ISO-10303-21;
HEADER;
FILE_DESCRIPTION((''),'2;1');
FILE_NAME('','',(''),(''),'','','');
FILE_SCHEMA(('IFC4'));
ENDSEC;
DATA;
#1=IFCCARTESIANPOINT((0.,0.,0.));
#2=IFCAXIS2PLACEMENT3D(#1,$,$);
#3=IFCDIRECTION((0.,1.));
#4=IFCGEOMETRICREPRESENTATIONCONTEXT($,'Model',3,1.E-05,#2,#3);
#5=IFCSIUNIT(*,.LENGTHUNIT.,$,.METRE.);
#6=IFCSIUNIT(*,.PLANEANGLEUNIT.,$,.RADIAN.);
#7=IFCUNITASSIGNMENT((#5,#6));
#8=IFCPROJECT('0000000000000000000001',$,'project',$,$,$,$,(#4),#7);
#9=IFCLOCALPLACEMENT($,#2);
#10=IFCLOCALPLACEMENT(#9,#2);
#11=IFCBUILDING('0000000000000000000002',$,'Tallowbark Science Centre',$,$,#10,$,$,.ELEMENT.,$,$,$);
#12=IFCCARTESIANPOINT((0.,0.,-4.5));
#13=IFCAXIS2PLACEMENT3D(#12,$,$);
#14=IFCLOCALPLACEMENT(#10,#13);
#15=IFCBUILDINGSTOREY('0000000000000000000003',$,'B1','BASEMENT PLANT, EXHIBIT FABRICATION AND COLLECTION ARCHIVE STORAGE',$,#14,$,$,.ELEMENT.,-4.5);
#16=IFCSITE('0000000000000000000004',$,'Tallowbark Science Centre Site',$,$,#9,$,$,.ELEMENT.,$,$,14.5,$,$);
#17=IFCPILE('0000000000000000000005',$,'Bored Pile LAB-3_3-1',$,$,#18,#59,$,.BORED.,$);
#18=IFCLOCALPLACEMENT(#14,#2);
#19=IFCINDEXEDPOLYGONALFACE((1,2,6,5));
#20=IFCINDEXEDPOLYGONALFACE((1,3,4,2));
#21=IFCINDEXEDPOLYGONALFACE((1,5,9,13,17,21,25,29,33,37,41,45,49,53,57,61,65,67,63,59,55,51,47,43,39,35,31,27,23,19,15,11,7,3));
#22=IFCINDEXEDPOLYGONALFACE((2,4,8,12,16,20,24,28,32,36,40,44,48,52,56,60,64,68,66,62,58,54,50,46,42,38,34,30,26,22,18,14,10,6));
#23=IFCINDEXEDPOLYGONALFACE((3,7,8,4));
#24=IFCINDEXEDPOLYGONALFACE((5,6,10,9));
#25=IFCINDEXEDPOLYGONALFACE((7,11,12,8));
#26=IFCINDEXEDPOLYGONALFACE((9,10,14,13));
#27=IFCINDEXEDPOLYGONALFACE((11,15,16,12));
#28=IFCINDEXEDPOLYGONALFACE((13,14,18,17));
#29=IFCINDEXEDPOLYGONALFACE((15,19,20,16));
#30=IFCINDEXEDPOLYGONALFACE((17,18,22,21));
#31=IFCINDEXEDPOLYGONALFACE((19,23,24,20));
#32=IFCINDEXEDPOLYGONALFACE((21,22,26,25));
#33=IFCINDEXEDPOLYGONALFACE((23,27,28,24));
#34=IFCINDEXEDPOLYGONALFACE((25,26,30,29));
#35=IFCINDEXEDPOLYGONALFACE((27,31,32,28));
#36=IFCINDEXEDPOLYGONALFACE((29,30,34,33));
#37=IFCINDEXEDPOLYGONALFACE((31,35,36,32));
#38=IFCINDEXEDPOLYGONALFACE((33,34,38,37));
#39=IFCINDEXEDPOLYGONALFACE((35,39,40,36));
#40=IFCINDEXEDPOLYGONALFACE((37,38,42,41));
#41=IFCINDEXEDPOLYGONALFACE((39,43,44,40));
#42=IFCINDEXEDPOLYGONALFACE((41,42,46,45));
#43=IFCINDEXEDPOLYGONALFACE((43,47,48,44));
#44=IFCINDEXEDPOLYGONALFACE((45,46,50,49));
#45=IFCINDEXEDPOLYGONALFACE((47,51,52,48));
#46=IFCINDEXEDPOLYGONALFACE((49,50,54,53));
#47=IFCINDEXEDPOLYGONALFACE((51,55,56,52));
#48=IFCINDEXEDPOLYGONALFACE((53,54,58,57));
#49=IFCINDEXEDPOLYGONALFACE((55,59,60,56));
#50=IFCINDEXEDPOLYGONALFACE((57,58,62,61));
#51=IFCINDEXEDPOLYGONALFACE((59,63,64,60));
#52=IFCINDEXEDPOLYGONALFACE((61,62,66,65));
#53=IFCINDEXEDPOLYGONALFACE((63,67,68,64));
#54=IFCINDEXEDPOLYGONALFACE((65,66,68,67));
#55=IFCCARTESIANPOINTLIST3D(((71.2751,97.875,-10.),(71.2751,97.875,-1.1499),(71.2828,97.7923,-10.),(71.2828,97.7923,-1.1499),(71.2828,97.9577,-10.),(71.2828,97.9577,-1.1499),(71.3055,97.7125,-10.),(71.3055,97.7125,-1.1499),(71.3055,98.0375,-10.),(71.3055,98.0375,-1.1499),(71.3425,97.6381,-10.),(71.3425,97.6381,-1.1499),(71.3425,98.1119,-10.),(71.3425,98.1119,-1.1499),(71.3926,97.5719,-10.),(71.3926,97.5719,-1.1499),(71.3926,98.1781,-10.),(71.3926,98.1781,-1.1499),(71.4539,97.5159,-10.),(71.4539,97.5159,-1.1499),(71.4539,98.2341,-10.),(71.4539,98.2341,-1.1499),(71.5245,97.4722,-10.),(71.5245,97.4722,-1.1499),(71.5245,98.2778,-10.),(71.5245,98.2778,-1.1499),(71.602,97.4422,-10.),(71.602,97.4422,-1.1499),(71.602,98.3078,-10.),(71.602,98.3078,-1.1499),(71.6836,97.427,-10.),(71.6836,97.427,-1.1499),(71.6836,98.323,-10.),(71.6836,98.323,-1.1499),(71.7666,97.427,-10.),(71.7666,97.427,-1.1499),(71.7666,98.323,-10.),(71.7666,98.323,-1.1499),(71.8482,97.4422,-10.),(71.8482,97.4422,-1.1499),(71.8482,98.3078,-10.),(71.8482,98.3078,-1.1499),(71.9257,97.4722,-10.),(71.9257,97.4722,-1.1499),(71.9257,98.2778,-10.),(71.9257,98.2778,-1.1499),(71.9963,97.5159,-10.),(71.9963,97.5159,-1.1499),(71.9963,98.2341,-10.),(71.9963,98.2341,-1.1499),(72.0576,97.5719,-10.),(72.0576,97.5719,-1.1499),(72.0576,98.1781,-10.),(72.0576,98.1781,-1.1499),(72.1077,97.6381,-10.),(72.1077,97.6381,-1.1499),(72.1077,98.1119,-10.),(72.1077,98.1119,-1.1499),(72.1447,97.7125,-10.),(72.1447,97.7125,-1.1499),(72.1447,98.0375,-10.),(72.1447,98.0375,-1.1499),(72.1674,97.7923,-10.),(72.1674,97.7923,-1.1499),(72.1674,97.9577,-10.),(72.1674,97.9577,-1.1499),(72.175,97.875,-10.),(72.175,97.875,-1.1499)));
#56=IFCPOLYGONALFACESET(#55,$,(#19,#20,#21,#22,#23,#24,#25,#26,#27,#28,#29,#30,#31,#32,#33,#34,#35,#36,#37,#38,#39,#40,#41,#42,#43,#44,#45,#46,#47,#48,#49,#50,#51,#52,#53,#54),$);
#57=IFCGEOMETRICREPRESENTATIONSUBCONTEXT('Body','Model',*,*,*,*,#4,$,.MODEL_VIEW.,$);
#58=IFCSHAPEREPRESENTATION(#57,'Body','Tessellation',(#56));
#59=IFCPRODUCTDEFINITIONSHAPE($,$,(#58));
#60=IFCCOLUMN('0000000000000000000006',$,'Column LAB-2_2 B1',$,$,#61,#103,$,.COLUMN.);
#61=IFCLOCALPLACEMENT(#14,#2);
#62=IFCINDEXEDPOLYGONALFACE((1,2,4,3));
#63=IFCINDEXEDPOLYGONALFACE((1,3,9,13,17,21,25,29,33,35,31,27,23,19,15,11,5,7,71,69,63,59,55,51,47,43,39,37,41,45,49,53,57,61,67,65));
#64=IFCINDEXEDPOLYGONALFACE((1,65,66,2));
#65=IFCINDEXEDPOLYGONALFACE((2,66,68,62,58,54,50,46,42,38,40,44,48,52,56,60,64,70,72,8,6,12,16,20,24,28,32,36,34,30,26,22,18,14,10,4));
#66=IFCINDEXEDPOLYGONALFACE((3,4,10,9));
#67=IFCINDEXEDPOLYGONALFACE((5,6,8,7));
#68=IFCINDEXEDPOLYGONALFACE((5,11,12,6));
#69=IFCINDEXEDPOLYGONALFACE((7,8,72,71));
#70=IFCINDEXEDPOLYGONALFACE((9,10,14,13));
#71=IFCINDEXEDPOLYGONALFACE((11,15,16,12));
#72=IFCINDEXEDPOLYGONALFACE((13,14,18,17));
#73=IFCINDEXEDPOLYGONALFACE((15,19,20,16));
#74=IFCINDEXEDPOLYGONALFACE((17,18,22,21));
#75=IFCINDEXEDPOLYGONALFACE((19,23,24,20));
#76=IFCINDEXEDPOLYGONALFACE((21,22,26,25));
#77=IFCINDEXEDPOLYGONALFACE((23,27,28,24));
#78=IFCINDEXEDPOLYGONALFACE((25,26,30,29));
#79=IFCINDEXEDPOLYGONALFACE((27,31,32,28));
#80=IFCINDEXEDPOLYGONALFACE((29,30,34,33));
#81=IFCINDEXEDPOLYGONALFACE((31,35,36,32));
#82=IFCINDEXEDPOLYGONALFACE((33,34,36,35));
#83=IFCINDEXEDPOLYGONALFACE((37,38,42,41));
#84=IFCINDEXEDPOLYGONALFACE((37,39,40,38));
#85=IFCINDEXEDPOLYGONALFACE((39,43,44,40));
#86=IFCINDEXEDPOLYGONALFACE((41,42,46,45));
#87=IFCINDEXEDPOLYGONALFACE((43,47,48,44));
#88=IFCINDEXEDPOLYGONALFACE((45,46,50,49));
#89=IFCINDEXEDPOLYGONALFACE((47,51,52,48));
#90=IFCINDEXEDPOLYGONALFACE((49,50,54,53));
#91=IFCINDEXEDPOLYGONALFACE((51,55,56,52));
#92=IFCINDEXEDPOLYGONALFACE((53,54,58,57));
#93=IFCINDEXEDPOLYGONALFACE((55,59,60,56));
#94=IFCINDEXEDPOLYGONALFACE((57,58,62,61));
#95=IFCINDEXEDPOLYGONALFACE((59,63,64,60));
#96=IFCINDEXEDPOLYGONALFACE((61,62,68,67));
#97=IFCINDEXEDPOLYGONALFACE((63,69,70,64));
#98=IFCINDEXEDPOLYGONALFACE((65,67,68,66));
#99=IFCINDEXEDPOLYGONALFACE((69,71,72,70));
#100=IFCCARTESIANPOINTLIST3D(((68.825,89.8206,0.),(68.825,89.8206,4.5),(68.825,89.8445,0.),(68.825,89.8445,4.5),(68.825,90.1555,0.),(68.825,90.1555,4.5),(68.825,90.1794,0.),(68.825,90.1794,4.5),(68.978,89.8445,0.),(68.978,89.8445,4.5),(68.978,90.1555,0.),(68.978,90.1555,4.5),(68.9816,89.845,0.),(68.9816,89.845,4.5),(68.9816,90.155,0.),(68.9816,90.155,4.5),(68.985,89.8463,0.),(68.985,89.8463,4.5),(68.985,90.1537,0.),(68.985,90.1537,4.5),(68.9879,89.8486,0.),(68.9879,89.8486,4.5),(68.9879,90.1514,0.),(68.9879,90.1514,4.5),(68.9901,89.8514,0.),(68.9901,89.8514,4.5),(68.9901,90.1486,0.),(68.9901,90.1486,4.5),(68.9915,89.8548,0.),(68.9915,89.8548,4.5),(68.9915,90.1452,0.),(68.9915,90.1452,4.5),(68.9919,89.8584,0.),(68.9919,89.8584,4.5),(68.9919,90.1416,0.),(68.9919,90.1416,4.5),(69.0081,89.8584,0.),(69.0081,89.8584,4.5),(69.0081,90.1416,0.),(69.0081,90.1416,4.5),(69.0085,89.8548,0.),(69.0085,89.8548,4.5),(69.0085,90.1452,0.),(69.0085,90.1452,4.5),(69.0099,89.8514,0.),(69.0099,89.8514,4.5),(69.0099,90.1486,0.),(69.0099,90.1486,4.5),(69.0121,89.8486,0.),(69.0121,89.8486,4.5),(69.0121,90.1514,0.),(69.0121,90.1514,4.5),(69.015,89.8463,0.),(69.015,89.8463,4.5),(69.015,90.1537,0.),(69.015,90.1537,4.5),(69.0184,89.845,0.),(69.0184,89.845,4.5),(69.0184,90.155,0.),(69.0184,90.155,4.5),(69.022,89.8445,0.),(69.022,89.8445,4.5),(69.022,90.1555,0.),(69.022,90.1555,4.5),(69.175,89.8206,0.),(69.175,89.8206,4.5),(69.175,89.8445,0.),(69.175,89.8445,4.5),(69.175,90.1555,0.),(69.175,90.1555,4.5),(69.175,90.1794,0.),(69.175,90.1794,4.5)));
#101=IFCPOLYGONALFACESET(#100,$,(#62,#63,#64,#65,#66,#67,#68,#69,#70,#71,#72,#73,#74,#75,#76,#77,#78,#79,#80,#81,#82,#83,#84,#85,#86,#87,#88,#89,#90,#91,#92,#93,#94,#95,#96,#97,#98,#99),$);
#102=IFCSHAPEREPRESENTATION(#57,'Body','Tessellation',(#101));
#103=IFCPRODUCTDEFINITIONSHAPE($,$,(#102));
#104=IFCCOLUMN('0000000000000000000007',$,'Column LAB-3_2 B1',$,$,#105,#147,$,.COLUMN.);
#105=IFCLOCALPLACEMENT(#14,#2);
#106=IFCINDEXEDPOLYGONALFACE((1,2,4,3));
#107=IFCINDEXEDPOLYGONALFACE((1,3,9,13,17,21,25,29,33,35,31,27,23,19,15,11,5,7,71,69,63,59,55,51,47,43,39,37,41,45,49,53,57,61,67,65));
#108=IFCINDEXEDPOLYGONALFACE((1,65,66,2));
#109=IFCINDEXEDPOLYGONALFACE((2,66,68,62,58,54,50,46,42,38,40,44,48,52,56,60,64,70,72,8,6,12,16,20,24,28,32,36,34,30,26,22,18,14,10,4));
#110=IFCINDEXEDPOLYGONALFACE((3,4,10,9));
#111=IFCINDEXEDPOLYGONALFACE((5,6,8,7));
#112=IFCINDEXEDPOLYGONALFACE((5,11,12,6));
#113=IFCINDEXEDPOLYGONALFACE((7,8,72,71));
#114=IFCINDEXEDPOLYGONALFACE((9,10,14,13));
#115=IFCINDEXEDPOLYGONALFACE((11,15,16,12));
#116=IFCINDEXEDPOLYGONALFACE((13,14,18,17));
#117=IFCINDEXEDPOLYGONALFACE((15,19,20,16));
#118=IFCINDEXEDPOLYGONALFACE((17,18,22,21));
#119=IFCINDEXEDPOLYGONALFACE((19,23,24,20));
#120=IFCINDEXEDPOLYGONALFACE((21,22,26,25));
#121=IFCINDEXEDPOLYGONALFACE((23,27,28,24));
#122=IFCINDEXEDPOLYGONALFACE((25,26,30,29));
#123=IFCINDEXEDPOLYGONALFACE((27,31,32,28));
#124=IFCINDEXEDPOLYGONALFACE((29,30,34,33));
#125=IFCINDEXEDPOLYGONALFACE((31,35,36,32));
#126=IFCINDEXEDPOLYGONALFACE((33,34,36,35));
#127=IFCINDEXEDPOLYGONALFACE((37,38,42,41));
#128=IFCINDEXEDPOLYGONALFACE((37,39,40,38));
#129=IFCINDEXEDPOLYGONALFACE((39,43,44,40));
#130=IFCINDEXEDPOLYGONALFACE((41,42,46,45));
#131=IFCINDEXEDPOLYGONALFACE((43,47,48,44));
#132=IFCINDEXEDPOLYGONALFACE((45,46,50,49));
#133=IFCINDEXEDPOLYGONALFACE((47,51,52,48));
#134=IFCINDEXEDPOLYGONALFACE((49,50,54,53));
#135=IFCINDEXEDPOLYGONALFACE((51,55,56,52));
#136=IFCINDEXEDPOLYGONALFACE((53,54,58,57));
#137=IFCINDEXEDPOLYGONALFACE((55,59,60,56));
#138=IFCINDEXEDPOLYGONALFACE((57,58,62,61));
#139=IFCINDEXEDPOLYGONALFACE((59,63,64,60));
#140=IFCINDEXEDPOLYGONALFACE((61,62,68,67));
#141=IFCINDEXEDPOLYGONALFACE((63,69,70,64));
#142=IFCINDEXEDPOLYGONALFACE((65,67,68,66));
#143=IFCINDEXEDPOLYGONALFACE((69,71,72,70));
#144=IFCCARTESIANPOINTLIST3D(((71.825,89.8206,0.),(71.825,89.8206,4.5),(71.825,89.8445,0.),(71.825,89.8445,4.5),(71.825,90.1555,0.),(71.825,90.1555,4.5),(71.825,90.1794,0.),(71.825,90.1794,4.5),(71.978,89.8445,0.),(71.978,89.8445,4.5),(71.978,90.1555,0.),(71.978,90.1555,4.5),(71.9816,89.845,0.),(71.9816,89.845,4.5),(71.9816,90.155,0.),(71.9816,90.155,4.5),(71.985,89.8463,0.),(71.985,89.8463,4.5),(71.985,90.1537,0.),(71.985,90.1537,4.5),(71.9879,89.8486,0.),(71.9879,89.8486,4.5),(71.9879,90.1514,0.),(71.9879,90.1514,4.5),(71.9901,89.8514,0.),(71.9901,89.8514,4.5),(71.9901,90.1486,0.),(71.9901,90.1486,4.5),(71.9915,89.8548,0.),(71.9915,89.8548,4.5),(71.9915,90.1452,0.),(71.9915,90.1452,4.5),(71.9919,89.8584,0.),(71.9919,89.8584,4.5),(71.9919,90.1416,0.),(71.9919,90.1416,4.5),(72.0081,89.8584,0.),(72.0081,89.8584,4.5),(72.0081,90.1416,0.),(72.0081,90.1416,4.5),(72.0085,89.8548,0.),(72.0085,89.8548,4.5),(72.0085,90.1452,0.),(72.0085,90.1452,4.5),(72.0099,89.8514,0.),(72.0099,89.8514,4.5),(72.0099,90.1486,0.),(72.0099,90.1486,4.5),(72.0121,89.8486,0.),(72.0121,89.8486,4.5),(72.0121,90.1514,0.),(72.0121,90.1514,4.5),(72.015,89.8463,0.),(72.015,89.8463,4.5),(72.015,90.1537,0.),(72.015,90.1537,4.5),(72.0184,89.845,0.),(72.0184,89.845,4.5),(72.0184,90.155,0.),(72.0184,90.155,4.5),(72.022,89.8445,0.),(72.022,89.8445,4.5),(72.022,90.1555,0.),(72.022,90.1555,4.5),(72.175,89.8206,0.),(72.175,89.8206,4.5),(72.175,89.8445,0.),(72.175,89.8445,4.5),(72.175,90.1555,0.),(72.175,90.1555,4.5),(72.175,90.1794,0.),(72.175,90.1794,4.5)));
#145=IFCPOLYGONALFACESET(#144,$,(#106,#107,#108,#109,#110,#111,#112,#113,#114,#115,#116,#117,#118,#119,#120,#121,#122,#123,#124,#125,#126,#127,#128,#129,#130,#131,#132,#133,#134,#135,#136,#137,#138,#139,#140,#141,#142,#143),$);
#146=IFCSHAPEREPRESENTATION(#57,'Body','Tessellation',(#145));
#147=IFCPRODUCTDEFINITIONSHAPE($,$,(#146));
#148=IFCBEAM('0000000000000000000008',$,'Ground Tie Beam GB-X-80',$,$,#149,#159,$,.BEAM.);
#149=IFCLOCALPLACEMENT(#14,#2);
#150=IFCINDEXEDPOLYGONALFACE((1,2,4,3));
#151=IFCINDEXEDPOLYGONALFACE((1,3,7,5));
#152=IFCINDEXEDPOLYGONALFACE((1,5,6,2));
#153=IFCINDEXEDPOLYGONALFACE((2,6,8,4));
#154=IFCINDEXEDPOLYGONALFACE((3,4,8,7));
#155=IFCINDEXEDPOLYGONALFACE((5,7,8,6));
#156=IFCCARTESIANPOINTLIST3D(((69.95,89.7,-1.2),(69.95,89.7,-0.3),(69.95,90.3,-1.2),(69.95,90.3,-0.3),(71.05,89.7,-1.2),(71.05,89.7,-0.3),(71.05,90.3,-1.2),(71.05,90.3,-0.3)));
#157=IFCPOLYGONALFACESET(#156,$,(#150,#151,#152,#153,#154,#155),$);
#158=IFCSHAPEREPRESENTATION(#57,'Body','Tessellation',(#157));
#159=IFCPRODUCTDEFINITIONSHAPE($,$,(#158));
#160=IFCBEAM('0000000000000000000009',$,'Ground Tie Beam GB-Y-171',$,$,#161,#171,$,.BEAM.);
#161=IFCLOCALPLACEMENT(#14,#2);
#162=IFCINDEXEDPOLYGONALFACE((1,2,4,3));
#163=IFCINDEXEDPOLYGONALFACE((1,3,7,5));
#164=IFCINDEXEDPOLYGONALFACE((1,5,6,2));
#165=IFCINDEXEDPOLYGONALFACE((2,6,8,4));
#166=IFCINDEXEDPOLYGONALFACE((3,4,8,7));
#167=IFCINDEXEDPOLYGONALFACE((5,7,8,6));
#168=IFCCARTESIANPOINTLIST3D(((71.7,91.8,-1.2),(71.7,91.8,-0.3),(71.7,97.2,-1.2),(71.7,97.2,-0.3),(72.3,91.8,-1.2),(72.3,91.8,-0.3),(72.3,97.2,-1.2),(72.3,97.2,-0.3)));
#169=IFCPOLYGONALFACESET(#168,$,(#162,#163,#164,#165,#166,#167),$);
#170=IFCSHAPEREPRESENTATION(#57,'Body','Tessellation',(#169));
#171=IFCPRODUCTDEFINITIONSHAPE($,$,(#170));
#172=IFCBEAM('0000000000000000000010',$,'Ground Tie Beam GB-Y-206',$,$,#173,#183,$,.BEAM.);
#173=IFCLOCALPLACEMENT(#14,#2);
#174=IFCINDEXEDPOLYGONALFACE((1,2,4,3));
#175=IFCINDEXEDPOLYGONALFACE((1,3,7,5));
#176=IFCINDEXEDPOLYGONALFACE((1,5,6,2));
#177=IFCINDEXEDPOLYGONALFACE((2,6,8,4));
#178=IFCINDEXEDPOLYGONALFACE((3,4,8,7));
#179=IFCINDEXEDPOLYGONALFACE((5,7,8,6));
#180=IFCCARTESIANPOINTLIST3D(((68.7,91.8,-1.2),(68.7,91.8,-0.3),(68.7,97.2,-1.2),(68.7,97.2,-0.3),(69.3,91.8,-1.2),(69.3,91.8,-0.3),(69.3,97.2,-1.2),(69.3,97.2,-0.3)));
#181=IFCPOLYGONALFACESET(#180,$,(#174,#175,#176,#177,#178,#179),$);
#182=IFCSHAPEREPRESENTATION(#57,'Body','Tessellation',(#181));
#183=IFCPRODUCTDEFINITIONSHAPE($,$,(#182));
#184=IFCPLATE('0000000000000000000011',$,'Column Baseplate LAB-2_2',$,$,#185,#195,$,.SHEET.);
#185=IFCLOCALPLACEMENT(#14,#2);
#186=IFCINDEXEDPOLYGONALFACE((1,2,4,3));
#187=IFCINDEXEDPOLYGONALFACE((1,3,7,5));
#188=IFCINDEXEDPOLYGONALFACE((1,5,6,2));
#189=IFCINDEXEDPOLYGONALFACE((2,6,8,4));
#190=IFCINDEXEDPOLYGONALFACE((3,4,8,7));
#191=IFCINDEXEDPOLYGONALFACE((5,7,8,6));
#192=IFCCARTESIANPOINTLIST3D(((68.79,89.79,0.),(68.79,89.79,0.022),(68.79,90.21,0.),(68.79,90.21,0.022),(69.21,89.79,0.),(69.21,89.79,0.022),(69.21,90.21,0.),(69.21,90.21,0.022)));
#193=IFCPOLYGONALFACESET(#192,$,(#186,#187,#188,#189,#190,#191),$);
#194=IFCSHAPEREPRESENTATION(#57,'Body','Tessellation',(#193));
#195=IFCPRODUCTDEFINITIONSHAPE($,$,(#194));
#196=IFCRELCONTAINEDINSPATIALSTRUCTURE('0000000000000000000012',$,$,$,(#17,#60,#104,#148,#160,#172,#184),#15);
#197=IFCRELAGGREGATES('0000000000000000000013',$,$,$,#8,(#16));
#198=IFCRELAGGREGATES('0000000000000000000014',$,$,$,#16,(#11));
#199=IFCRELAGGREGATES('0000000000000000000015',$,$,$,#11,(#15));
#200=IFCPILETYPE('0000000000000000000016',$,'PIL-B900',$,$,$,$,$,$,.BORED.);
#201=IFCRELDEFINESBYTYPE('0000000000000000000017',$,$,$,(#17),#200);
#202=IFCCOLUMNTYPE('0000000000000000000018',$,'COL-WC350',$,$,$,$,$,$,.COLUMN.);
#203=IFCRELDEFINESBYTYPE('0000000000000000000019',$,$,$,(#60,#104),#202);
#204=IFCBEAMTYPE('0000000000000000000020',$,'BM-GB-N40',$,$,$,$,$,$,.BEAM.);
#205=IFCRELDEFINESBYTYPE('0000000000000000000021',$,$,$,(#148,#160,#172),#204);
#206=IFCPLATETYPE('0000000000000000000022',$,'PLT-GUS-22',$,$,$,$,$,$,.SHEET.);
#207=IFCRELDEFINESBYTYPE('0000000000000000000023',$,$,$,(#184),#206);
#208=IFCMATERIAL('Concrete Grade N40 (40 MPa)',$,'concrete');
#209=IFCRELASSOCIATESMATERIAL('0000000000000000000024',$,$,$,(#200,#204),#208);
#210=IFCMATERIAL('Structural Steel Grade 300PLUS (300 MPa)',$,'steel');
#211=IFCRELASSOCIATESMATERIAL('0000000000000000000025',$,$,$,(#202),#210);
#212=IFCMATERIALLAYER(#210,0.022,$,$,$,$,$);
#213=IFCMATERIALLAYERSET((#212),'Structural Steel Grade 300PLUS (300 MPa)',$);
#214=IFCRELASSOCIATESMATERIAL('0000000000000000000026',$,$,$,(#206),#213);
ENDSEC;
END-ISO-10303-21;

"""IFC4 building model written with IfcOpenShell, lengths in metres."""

from ifc_helpers import new_model, si_unit, direction, frame, origin, origin_2d, place, context, subcontext, project, spatial, rectangle, circle, i_section, extrude, material, layer, layer_set, material_profile, profile_set, type_object, element, save


model = new_model("IFC4")

# Units and contexts
model_context = context("Model", 3, precision=1e-05, world=origin(), true_north=direction((0.0, 1.0)))
body_context = subcontext(model_context, "Body", "Model", "MODEL_VIEW")
ifc_project = project(units=[si_unit("LENGTHUNIT", "METRE"), si_unit("PLANEANGLEUNIT", "RADIAN")], contexts=[model_context])

# Site, building, storey
site_placement = place(None, origin())
site = spatial("IfcSite", under=ifc_project, at=site_placement, Name="Tallowbark Science Centre Site", CompositionType="ELEMENT", RefElevation=14.5)
building_placement = place(site_placement, origin())
building = spatial("IfcBuilding", under=site, at=building_placement, Name="Tallowbark Science Centre", CompositionType="ELEMENT")
storey_placement = place(building_placement, frame((0.0, 0.0, -4.5)))
storey = spatial("IfcBuildingStorey", under=building, at=storey_placement, Name="B1", Description="BASEMENT PLANT, EXHIBIT FABRICATION AND COLLECTION ARCHIVE STORAGE", CompositionType="ELEMENT", Elevation=-4.5)

# Shared definitions
ifc_material_1 = material(Name="Concrete Grade N40 (40 MPa)", Category="concrete")

# Pile
ifc_material_profile_1 = material_profile(ifc_material_1, circle(Radius=0.45, at=origin_2d()), Name="PILE900")
ifc_profile_set_1 = profile_set([ifc_material_profile_1], Name="Concrete Grade N40 (40 MPa)")
pile_type = type_object("IfcPileType", Name="PIL-B900", PredefinedType="BORED", material=ifc_profile_set_1)
for number, where, z_axis, x_axis, name in (
    (1, (71.7251, 97.875, -1.1499), (0.0, 0.0, -1.0), (1.0, 0.0, 0.0), "Bored Pile LAB-3_3-1"),
):
    element("IfcPile", number, at=place(storey_placement, frame(where, z_axis=z_axis, x_axis=x_axis)), inside=storey, type_object=pile_type, Name=name, PredefinedType="BORED", context=body_context, shape_type="SweptSolid", body=[
        extrude(circle(Radius=0.45, at=origin_2d()), origin(), (0.0, 0.0, 1.0), 8.8501),
    ])

# Columns
ifc_material_2 = material(Name="Structural Steel Grade 300PLUS (300 MPa)", Category="steel")
ifc_material_profile_2 = material_profile(ifc_material_2, i_section(OverallWidth=0.3501, OverallDepth=0.3589, WebThickness=0.0161, FlangeThickness=0.0239, FilletRadius=0.0139, at=origin_2d()), Name="350WC197")
ifc_profile_set_2 = profile_set([ifc_material_profile_2], Name="Structural Steel Grade 300PLUS (300 MPa)")
column_type = type_object("IfcColumnType", Name="COL-WC350", PredefinedType="COLUMN", material=ifc_profile_set_2)
for number, where, z_axis, x_axis, name in (
    (2, (69.0, 90.0, 0.0), (0.0, 0.0, 1.0), (1.0, 0.0, 0.0), "Column LAB-2_2 B1"),
    (3, (72.0, 90.0, 0.0), (0.0, 0.0, 1.0), (1.0, 0.0, 0.0), "Column LAB-3_2 B1"),
):
    element("IfcColumn", number, at=place(storey_placement, frame(where, z_axis=z_axis, x_axis=x_axis)), inside=storey, type_object=column_type, Name=name, PredefinedType="COLUMN", context=body_context, shape_type="SweptSolid", body=[
        extrude(i_section(OverallWidth=0.3501, OverallDepth=0.3589, WebThickness=0.0161, FlangeThickness=0.0239, FilletRadius=0.0139, at=origin_2d()), origin(), (0.0, 0.0, 1.0), 4.5),
    ])

# Beams
ifc_material_profile_3 = material_profile(ifc_material_1, rectangle(XDim=0.6001, YDim=0.8999, at=origin_2d()), Name="RC600x900")
ifc_profile_set_3 = profile_set([ifc_material_profile_3], Name="Concrete Grade N40 (40 MPa)")
beam_type = type_object("IfcBeamType", Name="BM-GB-N40", PredefinedType="BEAM", material=ifc_profile_set_3)
beam_placement = place(storey_placement, frame((69.95, 90.0, -0.75), z_axis=(1.0, 0.0, 0.0), x_axis=(0.0, 1.0, 0.0)))
element("IfcBeam", 4, at=beam_placement, inside=storey, type_object=beam_type, Name="Ground Tie Beam GB-X-80", PredefinedType="BEAM", context=body_context, shape_type="SweptSolid", body=[
    extrude(rectangle(XDim=0.6001, YDim=0.8999, at=origin_2d()), origin(), (0.0, 0.0, 1.0), 1.1001),
])
for number, where, z_axis, x_axis, name in (
    (5, (72.0, 91.8, -0.75), (0.0, 1.0, 0.0), (-1.0, 0.0, 0.0), "Ground Tie Beam GB-Y-171"),
    (6, (69.0, 91.8, -0.75), (0.0, 1.0, 0.0), (-1.0, 0.0, 0.0), "Ground Tie Beam GB-Y-206"),
):
    element("IfcBeam", number, at=place(storey_placement, frame(where, z_axis=z_axis, x_axis=x_axis)), inside=storey, type_object=beam_type, Name=name, PredefinedType="BEAM", context=body_context, shape_type="SweptSolid", body=[
        extrude(rectangle(XDim=0.6001, YDim=0.8999, at=origin_2d()), origin(), (0.0, 0.0, 1.0), 5.3999),
    ])

# Plate
ifc_layer_1 = layer(ifc_material_2, 0.022)
ifc_layer_set_1 = layer_set([ifc_layer_1], Name="Structural Steel Grade 300PLUS (300 MPa)")
plate_type_1 = type_object("IfcPlateType", Name="PLT-GUS-22", PredefinedType="SHEET", material=ifc_layer_set_1)
plate_1_placement = place(storey_placement, frame((69.0, 90.0, 0.0), z_axis=(0.0, 0.0, 1.0), x_axis=(1.0, 0.0, 0.0)))
element("IfcPlate", 7, at=plate_1_placement, inside=storey, type_object=plate_type_1, Name="Column Baseplate LAB-2_2", PredefinedType="SHEET", context=body_context, shape_type="SweptSolid", body=[
    extrude(rectangle(XDim=0.4199, YDim=0.4199, at=origin_2d()), origin(), (0.0, 0.0, 1.0), 0.022),
])

save(model, "model.ifc")
